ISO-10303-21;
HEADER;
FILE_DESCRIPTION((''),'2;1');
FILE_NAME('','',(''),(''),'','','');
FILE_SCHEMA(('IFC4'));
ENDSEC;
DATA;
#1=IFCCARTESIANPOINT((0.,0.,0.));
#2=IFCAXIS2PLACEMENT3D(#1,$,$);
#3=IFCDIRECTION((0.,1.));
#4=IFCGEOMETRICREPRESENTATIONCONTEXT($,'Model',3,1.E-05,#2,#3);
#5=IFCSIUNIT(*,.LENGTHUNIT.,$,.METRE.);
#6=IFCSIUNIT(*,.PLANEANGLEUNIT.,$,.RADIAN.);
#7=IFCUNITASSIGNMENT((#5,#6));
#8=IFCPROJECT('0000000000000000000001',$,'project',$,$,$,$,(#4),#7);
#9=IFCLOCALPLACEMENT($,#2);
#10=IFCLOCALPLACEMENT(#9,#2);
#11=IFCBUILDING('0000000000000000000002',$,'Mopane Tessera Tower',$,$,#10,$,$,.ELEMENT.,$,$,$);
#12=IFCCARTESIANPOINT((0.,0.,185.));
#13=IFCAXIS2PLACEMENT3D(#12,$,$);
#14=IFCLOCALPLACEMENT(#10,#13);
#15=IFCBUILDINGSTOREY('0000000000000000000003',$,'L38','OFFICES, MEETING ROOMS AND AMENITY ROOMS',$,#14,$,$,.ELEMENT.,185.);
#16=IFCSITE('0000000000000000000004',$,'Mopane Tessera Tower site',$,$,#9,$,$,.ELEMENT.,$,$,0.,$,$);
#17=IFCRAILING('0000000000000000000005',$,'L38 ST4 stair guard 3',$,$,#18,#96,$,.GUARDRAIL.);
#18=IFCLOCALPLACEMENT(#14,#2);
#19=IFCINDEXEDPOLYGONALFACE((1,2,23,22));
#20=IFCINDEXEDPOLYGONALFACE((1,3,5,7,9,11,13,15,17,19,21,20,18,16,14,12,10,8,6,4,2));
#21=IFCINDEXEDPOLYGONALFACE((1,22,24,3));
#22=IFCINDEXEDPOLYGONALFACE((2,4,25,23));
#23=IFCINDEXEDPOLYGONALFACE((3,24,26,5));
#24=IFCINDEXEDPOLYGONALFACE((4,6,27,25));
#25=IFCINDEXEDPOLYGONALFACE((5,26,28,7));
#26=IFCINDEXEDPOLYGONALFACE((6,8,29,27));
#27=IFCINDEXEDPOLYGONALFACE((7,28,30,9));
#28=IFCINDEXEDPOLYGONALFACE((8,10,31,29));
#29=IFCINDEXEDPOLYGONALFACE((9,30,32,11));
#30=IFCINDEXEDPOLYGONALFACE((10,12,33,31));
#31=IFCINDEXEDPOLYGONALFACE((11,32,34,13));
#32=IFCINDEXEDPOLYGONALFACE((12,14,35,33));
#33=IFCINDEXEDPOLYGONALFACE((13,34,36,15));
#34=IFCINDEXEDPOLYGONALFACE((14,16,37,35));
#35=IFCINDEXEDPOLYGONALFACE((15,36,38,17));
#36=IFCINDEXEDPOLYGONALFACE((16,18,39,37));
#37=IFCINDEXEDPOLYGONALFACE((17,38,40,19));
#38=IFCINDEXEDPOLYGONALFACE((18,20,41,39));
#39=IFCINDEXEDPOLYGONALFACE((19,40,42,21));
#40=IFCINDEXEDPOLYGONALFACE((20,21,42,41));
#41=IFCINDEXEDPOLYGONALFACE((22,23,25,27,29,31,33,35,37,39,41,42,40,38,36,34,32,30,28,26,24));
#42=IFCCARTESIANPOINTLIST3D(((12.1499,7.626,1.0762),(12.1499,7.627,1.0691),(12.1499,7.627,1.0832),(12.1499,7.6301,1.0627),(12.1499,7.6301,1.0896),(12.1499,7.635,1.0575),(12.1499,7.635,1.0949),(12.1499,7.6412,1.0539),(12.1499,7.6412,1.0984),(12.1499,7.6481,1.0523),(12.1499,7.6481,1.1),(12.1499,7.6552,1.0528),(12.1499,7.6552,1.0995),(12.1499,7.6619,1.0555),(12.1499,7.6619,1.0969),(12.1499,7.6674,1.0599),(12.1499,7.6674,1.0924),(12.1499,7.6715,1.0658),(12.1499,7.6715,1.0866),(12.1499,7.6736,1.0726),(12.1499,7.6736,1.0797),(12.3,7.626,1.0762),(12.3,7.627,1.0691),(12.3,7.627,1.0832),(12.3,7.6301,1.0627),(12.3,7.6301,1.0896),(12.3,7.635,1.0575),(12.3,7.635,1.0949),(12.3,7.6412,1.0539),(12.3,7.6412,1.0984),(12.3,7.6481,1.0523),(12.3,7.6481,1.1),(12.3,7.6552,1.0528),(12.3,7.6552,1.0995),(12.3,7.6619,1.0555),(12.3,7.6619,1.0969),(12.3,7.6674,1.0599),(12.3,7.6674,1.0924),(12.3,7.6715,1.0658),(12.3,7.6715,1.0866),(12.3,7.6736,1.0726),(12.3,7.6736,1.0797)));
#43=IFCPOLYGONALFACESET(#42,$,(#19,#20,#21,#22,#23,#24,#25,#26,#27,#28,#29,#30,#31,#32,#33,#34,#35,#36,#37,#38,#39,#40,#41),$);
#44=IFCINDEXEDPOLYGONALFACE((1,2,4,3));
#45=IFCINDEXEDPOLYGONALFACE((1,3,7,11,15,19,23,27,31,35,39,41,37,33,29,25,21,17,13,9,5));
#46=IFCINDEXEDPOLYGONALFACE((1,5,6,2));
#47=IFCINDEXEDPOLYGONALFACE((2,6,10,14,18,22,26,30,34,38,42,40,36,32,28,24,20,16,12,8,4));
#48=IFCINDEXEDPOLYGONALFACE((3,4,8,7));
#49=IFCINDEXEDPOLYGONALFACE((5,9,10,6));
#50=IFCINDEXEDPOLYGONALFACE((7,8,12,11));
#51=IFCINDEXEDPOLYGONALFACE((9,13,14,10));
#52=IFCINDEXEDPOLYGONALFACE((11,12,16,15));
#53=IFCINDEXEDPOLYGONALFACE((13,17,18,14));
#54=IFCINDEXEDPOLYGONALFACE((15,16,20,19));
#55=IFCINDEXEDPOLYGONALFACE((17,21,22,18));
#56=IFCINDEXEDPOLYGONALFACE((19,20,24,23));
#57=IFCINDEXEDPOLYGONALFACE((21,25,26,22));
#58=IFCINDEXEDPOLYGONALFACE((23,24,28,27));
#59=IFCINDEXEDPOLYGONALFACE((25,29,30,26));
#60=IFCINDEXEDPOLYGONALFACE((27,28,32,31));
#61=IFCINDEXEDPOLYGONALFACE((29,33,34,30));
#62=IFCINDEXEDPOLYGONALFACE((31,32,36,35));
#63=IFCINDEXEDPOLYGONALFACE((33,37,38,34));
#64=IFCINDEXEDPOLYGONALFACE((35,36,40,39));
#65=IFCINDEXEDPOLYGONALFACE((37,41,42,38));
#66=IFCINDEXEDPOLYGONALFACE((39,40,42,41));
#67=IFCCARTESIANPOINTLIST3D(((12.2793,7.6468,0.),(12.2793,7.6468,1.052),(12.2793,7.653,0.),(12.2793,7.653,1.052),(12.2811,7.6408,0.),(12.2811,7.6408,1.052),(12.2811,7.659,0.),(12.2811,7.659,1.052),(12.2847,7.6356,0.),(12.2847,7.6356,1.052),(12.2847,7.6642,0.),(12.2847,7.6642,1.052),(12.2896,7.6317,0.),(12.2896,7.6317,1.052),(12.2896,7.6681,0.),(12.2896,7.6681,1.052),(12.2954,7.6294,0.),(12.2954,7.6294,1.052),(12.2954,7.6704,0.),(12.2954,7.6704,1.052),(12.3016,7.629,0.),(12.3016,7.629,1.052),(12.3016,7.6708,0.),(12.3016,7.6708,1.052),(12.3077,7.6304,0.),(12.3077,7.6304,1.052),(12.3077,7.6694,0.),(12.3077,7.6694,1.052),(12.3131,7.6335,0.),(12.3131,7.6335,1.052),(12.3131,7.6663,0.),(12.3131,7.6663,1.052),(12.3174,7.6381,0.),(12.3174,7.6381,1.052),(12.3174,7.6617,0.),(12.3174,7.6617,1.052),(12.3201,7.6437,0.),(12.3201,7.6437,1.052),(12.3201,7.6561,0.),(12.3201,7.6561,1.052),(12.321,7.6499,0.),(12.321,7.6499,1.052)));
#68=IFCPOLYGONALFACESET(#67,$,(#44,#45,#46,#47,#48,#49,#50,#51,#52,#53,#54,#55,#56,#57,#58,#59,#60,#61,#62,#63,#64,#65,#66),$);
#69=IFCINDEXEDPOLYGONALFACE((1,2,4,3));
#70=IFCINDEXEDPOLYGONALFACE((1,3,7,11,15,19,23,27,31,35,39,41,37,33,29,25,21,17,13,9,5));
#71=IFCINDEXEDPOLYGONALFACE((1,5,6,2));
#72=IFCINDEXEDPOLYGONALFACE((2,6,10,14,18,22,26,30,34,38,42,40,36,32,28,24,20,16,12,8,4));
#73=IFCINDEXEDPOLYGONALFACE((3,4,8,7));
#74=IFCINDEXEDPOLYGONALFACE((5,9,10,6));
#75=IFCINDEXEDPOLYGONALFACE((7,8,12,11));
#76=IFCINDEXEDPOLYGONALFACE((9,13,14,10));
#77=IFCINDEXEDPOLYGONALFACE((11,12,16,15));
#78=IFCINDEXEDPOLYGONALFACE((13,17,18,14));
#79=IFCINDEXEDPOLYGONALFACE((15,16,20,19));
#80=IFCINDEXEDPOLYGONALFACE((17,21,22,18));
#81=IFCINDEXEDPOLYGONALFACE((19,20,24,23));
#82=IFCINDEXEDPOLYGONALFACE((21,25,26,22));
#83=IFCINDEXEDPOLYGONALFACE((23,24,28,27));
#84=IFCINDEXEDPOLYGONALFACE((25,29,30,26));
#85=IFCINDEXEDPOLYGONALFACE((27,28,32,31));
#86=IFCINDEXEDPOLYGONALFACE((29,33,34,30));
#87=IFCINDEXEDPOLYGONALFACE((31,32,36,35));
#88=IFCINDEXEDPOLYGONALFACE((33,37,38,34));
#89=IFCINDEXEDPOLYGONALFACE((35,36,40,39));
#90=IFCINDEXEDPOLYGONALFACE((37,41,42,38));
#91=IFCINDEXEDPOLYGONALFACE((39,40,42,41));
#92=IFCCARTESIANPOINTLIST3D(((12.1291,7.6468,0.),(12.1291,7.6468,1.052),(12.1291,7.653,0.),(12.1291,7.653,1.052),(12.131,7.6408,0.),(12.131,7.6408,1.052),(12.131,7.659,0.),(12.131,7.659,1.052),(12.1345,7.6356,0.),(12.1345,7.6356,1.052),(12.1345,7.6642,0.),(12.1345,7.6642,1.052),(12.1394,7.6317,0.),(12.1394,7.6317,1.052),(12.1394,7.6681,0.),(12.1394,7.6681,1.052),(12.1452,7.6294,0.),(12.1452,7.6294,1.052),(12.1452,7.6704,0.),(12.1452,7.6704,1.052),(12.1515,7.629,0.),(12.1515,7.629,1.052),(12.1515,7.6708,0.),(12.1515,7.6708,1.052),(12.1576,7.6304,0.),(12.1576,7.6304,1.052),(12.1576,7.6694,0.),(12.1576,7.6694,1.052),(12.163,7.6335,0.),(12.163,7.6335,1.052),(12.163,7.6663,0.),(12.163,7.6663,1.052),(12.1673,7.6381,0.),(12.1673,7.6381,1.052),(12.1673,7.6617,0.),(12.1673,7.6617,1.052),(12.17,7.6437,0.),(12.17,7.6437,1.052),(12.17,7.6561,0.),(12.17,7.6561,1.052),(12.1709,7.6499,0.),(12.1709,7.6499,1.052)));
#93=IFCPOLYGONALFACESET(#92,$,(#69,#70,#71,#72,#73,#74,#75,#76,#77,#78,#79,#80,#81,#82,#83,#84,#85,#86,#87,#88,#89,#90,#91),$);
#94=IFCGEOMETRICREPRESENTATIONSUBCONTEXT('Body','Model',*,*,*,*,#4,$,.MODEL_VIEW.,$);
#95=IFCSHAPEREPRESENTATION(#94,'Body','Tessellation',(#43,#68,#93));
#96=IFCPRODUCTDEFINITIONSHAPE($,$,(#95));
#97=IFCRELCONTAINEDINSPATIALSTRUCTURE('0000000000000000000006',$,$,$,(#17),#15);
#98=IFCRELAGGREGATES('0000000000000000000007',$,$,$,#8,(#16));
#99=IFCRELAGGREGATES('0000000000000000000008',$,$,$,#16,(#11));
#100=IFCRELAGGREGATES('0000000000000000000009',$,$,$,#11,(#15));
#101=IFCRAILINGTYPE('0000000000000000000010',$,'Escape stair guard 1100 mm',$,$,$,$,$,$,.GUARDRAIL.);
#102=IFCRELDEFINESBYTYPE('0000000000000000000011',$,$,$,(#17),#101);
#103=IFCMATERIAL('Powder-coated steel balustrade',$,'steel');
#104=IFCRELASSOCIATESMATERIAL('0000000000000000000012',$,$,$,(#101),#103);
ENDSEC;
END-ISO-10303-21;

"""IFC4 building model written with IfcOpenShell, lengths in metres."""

from ifc_helpers import new_model, si_unit, direction, frame, origin, origin_2d, place, context, subcontext, project, spatial, circle, extrude, material, type_object, element, save


model = new_model("IFC4")

# Units and contexts
model_context = context("Model", 3, precision=1e-05, world=origin(), true_north=direction((0.0, 1.0)))
body_context = subcontext(model_context, "Body", "Model", "MODEL_VIEW")
ifc_project = project(units=[si_unit("LENGTHUNIT", "METRE"), si_unit("PLANEANGLEUNIT", "RADIAN")], contexts=[model_context])

# Site, building, storey
site_placement = place(None, origin())
site = spatial("IfcSite", under=ifc_project, at=site_placement, Name="Mopane Tessera Tower site", CompositionType="ELEMENT", RefElevation=0.0)
building_placement = place(site_placement, origin())
building = spatial("IfcBuilding", under=site, at=building_placement, Name="Mopane Tessera Tower", CompositionType="ELEMENT")
storey_placement = place(building_placement, frame((0.0, 0.0, 185.0)))
storey = spatial("IfcBuildingStorey", under=building, at=storey_placement, Name="L38", Description="OFFICES, MEETING ROOMS AND AMENITY ROOMS", CompositionType="ELEMENT", Elevation=185.0)

# Railing
ifc_material_1 = material(Name="Powder-coated steel balustrade", Category="steel")
railing_type_1 = type_object("IfcRailingType", Name="Escape stair guard 1100 mm", PredefinedType="GUARDRAIL", material=ifc_material_1)
railing_1_placement = place(storey_placement, frame((12.3, 7.6499, 0.0)))
element("IfcRailing", 1, at=railing_1_placement, inside=storey, type_object=railing_type_1, Name="L38 ST4 stair guard 3", PredefinedType="GUARDRAIL", context=body_context, shape_type="SweptSolid", body=[
    extrude(circle(Radius=0.0239, at=origin_2d()), frame((0.0, 0.0, 1.0762), z_axis=(-1.0, 0.0, 0.0), x_axis=(0.0, -1.0, 0.0)), (0.0, 0.0, 1.0), 0.1501),
    extrude(circle(Radius=0.021, at=origin_2d()), origin(), (0.0, 0.0, 1.0), 1.052),
    extrude(circle(Radius=0.021, at=origin_2d()), frame((-0.1501, 0.0, 0.0)), (0.0, 0.0, 1.0), 1.052),
])

save(model, "model.ifc")
